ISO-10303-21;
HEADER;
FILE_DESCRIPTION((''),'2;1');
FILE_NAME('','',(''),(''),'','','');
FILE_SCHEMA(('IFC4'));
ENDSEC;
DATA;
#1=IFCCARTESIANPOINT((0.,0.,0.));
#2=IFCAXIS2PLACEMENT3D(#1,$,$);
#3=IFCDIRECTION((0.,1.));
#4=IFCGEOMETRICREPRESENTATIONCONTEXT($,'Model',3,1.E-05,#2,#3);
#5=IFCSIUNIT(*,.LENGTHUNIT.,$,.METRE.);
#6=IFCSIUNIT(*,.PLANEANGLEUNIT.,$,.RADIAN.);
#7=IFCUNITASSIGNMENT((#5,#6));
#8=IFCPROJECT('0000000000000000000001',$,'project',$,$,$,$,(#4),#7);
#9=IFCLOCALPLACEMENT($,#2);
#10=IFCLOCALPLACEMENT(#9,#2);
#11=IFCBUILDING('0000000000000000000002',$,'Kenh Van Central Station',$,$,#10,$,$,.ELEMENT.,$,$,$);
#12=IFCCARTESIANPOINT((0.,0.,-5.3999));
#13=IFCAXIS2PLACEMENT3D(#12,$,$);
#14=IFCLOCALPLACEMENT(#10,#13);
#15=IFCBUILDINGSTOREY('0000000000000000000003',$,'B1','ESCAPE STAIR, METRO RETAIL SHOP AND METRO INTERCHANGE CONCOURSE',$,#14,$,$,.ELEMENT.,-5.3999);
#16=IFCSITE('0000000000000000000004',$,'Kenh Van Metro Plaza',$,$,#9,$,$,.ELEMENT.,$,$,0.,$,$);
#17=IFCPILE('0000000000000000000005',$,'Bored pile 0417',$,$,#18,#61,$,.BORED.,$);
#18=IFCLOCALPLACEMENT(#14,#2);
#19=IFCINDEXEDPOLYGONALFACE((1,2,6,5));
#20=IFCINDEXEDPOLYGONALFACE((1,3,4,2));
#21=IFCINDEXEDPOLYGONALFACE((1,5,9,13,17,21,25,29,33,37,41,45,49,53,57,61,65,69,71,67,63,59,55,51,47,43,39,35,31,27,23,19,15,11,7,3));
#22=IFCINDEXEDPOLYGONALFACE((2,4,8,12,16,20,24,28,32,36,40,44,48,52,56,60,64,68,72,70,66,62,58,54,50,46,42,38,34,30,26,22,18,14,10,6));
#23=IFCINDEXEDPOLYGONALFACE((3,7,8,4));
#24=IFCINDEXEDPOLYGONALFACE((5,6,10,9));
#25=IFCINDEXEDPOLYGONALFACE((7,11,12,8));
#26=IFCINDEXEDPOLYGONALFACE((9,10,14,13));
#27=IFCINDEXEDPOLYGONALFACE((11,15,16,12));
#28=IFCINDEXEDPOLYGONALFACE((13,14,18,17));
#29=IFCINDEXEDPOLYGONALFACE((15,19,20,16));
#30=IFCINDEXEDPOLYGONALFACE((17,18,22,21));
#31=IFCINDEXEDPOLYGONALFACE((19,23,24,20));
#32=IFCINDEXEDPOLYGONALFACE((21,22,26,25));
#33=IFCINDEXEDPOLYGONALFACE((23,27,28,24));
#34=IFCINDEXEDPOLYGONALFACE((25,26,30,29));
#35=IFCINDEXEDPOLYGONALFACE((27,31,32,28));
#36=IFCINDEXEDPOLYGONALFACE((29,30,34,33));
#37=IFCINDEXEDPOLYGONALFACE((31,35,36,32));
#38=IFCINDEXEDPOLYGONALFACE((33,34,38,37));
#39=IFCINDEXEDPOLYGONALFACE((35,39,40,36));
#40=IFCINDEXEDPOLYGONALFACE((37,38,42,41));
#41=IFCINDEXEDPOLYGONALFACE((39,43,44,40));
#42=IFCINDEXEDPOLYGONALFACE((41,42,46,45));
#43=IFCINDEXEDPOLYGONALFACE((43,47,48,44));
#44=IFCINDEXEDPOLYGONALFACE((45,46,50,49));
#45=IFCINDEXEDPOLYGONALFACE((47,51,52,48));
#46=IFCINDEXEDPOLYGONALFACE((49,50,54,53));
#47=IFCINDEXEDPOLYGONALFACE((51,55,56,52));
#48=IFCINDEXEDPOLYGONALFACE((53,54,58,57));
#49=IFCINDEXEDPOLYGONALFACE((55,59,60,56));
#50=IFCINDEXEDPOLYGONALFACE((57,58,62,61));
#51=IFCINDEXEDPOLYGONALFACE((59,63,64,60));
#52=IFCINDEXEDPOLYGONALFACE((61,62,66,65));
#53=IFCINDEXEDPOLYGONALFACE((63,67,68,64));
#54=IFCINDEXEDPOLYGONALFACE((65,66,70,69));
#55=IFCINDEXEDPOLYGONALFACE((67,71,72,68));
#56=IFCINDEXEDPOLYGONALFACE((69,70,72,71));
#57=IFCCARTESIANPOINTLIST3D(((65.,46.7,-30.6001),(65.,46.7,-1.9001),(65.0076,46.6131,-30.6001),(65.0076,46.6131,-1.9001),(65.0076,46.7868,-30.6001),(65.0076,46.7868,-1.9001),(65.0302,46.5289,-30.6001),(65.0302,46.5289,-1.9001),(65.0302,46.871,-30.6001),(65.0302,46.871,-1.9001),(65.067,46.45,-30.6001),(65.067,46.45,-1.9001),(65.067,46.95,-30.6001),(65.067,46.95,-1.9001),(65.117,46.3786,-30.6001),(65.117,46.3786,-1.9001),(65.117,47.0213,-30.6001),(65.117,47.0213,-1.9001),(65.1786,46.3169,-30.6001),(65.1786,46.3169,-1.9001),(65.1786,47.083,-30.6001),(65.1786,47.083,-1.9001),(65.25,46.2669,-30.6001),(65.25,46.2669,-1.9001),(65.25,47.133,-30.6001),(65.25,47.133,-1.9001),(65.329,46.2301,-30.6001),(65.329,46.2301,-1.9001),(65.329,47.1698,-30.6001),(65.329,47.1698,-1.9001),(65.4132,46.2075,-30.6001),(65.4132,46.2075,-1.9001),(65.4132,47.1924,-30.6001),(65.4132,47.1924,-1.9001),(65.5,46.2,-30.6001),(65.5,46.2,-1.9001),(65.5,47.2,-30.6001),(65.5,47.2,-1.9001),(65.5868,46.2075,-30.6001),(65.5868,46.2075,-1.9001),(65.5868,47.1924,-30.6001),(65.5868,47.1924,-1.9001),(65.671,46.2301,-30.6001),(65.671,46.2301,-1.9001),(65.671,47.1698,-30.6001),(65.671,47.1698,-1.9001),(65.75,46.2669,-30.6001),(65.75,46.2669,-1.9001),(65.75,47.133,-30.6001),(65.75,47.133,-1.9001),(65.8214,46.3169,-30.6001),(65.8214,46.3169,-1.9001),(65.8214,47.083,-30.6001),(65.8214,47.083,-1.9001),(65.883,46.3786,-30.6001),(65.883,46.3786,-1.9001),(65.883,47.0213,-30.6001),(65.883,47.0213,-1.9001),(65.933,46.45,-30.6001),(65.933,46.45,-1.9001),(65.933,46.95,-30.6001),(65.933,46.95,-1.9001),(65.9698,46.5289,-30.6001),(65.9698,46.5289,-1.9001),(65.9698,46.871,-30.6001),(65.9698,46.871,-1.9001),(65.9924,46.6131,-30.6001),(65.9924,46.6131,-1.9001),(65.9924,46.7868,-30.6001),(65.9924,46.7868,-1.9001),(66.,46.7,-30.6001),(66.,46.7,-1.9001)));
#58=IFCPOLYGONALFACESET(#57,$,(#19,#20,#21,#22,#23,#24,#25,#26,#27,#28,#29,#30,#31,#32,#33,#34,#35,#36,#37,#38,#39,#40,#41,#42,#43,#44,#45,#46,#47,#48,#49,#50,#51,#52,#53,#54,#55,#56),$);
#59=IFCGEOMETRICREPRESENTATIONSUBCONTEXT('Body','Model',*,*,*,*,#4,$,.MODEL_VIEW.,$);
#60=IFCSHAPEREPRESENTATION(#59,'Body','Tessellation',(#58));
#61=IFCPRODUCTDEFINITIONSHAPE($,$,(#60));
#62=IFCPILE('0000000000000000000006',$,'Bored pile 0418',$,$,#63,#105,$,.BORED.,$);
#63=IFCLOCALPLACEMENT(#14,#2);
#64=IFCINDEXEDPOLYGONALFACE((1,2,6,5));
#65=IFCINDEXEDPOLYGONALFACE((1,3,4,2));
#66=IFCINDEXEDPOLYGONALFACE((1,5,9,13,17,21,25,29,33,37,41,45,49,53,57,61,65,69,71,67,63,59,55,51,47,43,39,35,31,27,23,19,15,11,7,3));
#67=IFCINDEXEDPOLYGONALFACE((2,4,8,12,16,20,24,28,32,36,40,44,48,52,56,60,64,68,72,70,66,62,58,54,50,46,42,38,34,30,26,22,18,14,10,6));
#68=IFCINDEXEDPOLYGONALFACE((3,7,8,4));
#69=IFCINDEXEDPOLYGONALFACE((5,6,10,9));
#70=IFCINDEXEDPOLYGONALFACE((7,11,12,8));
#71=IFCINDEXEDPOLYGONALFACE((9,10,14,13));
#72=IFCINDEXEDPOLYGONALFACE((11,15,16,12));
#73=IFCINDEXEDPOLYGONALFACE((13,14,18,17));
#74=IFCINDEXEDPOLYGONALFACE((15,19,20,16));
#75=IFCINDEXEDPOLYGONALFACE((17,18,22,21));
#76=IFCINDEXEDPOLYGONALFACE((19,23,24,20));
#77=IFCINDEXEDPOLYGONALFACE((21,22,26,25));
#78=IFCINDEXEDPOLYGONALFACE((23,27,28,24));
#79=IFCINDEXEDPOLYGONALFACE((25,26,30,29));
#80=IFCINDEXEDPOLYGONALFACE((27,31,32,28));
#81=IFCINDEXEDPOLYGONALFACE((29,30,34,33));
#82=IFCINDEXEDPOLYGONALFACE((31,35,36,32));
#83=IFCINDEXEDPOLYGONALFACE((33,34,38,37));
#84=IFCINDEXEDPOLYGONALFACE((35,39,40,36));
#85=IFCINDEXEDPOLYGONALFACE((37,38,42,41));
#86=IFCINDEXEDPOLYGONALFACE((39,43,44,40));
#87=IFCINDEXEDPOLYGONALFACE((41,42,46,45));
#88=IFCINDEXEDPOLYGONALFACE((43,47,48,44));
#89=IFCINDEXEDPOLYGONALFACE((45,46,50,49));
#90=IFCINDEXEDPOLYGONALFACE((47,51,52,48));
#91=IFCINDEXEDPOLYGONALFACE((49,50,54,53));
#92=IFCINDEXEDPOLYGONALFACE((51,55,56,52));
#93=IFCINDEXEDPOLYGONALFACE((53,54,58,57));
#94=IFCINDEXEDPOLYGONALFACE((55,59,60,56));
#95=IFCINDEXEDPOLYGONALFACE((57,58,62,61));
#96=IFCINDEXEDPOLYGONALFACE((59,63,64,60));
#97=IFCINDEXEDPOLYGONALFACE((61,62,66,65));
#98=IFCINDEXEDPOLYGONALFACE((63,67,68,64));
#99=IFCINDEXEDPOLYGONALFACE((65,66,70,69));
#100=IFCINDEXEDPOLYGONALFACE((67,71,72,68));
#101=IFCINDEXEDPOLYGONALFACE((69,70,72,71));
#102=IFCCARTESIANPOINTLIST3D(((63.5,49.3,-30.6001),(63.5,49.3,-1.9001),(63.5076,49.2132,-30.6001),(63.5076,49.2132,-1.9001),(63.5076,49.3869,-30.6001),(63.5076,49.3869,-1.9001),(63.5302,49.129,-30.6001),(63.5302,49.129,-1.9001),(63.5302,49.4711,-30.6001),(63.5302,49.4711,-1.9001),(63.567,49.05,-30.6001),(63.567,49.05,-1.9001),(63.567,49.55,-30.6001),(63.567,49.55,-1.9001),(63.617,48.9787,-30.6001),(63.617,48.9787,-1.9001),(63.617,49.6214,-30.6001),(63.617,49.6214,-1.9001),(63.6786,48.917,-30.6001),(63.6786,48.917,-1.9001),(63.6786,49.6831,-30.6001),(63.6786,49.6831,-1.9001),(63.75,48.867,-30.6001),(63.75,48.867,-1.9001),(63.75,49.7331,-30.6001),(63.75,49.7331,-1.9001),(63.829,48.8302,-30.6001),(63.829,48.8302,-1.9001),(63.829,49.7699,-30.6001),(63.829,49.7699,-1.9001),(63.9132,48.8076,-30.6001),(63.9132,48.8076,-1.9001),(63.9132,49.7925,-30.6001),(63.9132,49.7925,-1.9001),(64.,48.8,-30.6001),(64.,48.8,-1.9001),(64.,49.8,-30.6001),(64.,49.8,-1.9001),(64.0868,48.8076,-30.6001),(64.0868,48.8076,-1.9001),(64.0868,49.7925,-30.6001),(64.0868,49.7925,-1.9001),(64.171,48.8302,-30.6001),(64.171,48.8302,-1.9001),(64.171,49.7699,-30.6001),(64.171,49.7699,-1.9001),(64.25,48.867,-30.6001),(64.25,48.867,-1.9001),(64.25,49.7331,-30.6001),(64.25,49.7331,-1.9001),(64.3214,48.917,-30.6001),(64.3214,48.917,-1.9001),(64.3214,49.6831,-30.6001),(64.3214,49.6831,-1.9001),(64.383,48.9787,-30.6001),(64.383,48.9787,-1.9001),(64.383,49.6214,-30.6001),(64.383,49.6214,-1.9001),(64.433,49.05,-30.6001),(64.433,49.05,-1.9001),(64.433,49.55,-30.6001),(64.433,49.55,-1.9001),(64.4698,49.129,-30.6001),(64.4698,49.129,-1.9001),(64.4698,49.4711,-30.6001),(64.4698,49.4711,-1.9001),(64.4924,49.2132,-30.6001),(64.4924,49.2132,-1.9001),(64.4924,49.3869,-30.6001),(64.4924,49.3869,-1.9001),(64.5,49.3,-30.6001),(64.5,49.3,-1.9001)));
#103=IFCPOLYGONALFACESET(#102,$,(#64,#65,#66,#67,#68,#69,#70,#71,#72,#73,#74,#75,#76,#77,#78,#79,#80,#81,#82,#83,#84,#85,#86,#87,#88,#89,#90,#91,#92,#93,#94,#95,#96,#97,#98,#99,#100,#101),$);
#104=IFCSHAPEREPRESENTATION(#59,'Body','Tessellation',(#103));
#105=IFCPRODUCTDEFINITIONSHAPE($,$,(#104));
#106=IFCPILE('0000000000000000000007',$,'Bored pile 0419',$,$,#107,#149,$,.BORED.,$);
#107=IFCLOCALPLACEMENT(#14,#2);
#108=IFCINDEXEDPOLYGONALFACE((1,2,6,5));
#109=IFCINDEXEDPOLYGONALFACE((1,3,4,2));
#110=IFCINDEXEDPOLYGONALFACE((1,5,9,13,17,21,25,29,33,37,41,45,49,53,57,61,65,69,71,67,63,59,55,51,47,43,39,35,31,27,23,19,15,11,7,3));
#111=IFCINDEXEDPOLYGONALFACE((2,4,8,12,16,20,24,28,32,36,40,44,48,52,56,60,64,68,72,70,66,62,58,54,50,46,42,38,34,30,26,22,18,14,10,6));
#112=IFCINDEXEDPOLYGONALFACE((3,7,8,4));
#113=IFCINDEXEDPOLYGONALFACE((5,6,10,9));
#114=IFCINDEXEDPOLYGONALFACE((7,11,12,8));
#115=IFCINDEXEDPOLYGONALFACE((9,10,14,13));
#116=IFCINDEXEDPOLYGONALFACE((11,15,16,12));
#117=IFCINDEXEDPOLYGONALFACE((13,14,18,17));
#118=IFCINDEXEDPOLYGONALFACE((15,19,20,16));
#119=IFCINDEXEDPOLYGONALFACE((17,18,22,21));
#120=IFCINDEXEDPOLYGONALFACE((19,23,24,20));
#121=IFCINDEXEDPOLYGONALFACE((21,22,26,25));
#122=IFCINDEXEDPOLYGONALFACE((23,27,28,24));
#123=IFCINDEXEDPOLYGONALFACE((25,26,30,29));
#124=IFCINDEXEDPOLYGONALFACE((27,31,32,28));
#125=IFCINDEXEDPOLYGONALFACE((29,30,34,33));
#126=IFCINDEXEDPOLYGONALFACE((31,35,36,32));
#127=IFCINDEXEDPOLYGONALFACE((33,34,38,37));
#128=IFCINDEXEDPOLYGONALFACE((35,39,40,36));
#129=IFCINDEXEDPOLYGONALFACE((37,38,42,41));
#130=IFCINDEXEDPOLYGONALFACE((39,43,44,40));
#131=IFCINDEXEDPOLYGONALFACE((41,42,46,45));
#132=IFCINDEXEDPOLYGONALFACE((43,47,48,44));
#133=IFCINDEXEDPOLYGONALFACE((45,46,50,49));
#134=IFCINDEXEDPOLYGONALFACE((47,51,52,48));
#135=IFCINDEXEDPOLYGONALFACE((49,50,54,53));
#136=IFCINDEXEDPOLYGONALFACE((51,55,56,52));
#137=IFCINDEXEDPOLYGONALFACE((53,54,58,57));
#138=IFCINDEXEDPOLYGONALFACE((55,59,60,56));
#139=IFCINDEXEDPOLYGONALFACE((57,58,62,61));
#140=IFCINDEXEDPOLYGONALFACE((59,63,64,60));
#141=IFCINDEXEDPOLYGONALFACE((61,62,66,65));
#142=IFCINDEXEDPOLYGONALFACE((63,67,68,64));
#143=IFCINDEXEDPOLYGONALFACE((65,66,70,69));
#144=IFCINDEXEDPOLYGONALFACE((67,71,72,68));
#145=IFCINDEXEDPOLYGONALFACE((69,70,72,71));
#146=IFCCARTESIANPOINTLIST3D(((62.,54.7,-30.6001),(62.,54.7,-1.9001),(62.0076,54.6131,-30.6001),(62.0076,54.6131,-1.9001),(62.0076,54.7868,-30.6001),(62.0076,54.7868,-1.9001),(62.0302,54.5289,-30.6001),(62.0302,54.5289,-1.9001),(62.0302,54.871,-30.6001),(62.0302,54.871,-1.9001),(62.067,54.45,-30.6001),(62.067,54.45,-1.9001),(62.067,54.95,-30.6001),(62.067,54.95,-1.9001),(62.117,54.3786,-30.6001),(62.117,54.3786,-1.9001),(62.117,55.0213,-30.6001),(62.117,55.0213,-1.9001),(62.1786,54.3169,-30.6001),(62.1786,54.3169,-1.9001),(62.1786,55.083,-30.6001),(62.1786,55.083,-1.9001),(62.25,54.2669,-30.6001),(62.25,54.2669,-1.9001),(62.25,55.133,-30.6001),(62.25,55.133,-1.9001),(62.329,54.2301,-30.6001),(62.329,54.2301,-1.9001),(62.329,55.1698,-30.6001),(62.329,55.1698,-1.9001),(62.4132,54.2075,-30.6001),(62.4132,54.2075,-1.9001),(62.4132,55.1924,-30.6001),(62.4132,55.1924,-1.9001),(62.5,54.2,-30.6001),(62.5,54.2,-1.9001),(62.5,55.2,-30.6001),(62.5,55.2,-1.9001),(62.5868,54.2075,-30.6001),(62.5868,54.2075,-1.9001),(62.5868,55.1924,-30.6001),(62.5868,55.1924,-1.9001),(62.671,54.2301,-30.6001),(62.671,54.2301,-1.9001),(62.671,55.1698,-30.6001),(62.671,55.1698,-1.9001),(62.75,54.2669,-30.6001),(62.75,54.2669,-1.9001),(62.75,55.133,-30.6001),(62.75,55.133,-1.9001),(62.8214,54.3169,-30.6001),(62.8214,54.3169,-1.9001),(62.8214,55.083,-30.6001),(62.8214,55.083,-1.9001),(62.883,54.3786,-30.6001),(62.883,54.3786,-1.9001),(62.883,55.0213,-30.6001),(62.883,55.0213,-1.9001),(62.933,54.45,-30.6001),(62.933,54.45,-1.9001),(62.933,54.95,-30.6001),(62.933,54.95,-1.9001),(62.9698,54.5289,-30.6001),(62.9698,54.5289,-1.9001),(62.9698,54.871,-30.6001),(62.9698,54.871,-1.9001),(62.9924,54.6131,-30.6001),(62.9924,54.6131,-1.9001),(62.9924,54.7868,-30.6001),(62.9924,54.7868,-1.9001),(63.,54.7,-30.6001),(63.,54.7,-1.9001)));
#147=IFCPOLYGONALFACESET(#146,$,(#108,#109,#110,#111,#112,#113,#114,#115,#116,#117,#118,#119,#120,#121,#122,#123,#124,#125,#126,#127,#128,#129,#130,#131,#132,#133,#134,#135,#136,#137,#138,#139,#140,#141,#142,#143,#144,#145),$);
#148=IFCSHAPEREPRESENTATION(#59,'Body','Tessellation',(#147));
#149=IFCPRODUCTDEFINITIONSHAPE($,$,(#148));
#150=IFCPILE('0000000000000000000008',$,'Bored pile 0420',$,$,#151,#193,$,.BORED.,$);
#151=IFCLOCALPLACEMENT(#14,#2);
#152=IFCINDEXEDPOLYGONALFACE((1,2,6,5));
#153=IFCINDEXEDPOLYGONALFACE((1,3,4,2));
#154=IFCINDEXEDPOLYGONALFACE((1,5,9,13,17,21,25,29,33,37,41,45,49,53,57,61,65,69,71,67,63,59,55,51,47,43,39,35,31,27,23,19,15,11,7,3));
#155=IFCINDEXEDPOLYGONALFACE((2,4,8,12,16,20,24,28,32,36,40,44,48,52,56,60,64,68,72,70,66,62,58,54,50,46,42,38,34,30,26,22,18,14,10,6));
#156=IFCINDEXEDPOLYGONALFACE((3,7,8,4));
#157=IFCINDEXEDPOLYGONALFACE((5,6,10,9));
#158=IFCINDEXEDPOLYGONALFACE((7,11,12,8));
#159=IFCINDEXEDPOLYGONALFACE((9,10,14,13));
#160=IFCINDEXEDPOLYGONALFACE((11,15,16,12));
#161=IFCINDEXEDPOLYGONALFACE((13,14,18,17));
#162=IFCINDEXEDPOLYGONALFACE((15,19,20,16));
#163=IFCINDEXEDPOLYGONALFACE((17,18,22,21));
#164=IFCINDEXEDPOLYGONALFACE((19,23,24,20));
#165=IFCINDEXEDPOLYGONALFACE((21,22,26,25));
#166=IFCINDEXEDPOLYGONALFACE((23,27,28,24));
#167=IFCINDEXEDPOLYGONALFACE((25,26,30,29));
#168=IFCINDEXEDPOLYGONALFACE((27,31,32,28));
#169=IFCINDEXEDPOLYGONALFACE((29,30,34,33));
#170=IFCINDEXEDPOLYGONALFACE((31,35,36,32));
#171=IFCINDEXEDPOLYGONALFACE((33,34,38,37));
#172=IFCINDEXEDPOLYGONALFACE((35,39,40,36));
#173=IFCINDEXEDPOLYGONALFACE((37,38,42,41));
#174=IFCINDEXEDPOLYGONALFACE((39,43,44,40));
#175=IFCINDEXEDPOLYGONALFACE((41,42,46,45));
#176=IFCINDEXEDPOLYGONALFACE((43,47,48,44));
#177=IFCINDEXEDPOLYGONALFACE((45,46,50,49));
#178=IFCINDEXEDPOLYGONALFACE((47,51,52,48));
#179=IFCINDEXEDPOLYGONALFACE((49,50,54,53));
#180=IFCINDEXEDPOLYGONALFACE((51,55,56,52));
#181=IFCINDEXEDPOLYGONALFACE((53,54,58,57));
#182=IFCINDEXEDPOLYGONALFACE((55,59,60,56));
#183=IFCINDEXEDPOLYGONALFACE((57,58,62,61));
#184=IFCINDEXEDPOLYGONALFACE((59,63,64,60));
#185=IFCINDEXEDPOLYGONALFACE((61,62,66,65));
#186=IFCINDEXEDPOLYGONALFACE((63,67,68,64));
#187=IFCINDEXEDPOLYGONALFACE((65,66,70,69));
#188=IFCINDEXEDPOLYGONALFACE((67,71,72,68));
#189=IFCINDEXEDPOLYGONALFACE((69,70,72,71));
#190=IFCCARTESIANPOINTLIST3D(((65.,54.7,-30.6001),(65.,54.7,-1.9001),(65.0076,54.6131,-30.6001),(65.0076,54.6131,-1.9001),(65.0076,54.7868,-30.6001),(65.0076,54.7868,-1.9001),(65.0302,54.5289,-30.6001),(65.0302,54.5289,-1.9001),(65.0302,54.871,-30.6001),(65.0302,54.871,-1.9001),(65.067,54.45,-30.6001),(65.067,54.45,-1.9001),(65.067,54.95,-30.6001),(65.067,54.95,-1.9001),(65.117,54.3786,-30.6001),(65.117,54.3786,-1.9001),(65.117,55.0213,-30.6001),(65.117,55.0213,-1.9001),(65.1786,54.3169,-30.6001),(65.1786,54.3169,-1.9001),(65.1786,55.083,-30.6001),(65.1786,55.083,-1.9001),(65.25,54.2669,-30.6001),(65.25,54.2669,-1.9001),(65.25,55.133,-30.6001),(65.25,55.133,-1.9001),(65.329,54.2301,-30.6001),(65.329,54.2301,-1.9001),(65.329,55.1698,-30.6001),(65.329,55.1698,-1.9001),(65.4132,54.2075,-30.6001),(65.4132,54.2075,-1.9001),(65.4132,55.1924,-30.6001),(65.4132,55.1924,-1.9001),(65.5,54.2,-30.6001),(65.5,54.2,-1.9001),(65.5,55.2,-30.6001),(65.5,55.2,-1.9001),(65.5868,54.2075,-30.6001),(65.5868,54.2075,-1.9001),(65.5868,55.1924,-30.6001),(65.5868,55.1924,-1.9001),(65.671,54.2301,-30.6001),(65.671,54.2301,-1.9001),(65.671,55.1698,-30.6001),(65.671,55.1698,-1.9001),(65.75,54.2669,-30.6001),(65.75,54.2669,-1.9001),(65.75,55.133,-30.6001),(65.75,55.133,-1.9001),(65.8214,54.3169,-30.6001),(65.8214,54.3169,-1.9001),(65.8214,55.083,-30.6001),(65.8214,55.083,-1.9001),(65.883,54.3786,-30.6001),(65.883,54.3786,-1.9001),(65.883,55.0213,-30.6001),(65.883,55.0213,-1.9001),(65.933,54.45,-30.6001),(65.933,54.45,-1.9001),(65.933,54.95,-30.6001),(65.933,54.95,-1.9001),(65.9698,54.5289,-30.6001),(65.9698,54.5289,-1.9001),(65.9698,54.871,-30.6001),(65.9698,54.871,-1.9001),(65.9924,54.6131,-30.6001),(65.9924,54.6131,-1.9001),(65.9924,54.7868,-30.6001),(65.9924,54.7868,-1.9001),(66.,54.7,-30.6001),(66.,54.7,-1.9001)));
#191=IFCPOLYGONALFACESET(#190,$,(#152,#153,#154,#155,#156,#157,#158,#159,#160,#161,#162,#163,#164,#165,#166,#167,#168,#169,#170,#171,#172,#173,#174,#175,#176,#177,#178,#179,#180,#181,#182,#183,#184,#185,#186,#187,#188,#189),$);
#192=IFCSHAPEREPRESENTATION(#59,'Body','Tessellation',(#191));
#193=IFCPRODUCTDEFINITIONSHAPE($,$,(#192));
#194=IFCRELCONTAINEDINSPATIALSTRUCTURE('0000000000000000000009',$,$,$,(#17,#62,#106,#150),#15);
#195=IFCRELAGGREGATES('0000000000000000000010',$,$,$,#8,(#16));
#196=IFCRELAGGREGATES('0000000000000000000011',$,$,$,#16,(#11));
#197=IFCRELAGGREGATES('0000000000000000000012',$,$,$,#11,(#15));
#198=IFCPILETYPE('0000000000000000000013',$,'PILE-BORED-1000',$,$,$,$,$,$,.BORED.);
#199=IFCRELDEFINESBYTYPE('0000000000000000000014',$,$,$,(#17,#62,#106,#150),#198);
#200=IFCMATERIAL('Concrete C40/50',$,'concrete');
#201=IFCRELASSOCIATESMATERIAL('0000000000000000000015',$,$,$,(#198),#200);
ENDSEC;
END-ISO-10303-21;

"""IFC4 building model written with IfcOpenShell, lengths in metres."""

from ifc_helpers import new_model, si_unit, direction, frame, origin, origin_2d, place, context, subcontext, project, spatial, circle, extrude, material, material_profile, profile_set, type_object, element, save


model = new_model("IFC4")

# Units and contexts
model_context = context("Model", 3, precision=1e-05, world=origin(), true_north=direction((0.0, 1.0)))
body_context = subcontext(model_context, "Body", "Model", "MODEL_VIEW")
ifc_project = project(units=[si_unit("LENGTHUNIT", "METRE"), si_unit("PLANEANGLEUNIT", "RADIAN")], contexts=[model_context])

# Site, building, storey
site_placement = place(None, origin())
site = spatial("IfcSite", under=ifc_project, at=site_placement, Name="Kenh Van Metro Plaza", CompositionType="ELEMENT", RefElevation=0.0)
building_placement = place(site_placement, origin())
building = spatial("IfcBuilding", under=site, at=building_placement, Name="Kenh Van Central Station", CompositionType="ELEMENT")
storey_placement = place(building_placement, frame((0.0, 0.0, -5.3999)))
storey = spatial("IfcBuildingStorey", under=building, at=storey_placement, Name="B1", Description="ESCAPE STAIR, METRO RETAIL SHOP AND METRO INTERCHANGE CONCOURSE", CompositionType="ELEMENT", Elevation=-5.3999)

# Shared definitions
ifc_material = material(Name="Concrete C40/50", Category="concrete")

# Piles
ifc_material_profile_1 = material_profile(ifc_material, circle(Radius=0.5, at=origin_2d()), Name="PILE D1000")
ifc_profile_set_1 = profile_set([ifc_material_profile_1], Name="Concrete C40/50")
pile_type = type_object("IfcPileType", Name="PILE-BORED-1000", PredefinedType="BORED", material=ifc_profile_set_1)
for number, where, z_axis, x_axis, name in (
    (1, (65.5, 46.7, -1.9001), (0.0, 0.0, -1.0), (1.0, 0.0, 0.0), "Bored pile 0417"),
    (2, (64.0, 49.3, -1.9001), (0.0, 0.0, -1.0), (1.0, 0.0, 0.0), "Bored pile 0418"),
    (3, (62.5, 54.7, -1.9001), (0.0, 0.0, -1.0), (1.0, 0.0, 0.0), "Bored pile 0419"),
    (4, (65.5, 54.7, -1.9001), (0.0, 0.0, -1.0), (1.0, 0.0, 0.0), "Bored pile 0420"),
):
    element("IfcPile", number, at=place(storey_placement, frame(where, z_axis=z_axis, x_axis=x_axis)), inside=storey, type_object=pile_type, Name=name, PredefinedType="BORED", context=body_context, shape_type="SweptSolid", body=[
        extrude(circle(Radius=0.5, at=origin_2d()), origin(), (0.0, 0.0, 1.0), 28.7),
    ])

save(model, "model.ifc")
